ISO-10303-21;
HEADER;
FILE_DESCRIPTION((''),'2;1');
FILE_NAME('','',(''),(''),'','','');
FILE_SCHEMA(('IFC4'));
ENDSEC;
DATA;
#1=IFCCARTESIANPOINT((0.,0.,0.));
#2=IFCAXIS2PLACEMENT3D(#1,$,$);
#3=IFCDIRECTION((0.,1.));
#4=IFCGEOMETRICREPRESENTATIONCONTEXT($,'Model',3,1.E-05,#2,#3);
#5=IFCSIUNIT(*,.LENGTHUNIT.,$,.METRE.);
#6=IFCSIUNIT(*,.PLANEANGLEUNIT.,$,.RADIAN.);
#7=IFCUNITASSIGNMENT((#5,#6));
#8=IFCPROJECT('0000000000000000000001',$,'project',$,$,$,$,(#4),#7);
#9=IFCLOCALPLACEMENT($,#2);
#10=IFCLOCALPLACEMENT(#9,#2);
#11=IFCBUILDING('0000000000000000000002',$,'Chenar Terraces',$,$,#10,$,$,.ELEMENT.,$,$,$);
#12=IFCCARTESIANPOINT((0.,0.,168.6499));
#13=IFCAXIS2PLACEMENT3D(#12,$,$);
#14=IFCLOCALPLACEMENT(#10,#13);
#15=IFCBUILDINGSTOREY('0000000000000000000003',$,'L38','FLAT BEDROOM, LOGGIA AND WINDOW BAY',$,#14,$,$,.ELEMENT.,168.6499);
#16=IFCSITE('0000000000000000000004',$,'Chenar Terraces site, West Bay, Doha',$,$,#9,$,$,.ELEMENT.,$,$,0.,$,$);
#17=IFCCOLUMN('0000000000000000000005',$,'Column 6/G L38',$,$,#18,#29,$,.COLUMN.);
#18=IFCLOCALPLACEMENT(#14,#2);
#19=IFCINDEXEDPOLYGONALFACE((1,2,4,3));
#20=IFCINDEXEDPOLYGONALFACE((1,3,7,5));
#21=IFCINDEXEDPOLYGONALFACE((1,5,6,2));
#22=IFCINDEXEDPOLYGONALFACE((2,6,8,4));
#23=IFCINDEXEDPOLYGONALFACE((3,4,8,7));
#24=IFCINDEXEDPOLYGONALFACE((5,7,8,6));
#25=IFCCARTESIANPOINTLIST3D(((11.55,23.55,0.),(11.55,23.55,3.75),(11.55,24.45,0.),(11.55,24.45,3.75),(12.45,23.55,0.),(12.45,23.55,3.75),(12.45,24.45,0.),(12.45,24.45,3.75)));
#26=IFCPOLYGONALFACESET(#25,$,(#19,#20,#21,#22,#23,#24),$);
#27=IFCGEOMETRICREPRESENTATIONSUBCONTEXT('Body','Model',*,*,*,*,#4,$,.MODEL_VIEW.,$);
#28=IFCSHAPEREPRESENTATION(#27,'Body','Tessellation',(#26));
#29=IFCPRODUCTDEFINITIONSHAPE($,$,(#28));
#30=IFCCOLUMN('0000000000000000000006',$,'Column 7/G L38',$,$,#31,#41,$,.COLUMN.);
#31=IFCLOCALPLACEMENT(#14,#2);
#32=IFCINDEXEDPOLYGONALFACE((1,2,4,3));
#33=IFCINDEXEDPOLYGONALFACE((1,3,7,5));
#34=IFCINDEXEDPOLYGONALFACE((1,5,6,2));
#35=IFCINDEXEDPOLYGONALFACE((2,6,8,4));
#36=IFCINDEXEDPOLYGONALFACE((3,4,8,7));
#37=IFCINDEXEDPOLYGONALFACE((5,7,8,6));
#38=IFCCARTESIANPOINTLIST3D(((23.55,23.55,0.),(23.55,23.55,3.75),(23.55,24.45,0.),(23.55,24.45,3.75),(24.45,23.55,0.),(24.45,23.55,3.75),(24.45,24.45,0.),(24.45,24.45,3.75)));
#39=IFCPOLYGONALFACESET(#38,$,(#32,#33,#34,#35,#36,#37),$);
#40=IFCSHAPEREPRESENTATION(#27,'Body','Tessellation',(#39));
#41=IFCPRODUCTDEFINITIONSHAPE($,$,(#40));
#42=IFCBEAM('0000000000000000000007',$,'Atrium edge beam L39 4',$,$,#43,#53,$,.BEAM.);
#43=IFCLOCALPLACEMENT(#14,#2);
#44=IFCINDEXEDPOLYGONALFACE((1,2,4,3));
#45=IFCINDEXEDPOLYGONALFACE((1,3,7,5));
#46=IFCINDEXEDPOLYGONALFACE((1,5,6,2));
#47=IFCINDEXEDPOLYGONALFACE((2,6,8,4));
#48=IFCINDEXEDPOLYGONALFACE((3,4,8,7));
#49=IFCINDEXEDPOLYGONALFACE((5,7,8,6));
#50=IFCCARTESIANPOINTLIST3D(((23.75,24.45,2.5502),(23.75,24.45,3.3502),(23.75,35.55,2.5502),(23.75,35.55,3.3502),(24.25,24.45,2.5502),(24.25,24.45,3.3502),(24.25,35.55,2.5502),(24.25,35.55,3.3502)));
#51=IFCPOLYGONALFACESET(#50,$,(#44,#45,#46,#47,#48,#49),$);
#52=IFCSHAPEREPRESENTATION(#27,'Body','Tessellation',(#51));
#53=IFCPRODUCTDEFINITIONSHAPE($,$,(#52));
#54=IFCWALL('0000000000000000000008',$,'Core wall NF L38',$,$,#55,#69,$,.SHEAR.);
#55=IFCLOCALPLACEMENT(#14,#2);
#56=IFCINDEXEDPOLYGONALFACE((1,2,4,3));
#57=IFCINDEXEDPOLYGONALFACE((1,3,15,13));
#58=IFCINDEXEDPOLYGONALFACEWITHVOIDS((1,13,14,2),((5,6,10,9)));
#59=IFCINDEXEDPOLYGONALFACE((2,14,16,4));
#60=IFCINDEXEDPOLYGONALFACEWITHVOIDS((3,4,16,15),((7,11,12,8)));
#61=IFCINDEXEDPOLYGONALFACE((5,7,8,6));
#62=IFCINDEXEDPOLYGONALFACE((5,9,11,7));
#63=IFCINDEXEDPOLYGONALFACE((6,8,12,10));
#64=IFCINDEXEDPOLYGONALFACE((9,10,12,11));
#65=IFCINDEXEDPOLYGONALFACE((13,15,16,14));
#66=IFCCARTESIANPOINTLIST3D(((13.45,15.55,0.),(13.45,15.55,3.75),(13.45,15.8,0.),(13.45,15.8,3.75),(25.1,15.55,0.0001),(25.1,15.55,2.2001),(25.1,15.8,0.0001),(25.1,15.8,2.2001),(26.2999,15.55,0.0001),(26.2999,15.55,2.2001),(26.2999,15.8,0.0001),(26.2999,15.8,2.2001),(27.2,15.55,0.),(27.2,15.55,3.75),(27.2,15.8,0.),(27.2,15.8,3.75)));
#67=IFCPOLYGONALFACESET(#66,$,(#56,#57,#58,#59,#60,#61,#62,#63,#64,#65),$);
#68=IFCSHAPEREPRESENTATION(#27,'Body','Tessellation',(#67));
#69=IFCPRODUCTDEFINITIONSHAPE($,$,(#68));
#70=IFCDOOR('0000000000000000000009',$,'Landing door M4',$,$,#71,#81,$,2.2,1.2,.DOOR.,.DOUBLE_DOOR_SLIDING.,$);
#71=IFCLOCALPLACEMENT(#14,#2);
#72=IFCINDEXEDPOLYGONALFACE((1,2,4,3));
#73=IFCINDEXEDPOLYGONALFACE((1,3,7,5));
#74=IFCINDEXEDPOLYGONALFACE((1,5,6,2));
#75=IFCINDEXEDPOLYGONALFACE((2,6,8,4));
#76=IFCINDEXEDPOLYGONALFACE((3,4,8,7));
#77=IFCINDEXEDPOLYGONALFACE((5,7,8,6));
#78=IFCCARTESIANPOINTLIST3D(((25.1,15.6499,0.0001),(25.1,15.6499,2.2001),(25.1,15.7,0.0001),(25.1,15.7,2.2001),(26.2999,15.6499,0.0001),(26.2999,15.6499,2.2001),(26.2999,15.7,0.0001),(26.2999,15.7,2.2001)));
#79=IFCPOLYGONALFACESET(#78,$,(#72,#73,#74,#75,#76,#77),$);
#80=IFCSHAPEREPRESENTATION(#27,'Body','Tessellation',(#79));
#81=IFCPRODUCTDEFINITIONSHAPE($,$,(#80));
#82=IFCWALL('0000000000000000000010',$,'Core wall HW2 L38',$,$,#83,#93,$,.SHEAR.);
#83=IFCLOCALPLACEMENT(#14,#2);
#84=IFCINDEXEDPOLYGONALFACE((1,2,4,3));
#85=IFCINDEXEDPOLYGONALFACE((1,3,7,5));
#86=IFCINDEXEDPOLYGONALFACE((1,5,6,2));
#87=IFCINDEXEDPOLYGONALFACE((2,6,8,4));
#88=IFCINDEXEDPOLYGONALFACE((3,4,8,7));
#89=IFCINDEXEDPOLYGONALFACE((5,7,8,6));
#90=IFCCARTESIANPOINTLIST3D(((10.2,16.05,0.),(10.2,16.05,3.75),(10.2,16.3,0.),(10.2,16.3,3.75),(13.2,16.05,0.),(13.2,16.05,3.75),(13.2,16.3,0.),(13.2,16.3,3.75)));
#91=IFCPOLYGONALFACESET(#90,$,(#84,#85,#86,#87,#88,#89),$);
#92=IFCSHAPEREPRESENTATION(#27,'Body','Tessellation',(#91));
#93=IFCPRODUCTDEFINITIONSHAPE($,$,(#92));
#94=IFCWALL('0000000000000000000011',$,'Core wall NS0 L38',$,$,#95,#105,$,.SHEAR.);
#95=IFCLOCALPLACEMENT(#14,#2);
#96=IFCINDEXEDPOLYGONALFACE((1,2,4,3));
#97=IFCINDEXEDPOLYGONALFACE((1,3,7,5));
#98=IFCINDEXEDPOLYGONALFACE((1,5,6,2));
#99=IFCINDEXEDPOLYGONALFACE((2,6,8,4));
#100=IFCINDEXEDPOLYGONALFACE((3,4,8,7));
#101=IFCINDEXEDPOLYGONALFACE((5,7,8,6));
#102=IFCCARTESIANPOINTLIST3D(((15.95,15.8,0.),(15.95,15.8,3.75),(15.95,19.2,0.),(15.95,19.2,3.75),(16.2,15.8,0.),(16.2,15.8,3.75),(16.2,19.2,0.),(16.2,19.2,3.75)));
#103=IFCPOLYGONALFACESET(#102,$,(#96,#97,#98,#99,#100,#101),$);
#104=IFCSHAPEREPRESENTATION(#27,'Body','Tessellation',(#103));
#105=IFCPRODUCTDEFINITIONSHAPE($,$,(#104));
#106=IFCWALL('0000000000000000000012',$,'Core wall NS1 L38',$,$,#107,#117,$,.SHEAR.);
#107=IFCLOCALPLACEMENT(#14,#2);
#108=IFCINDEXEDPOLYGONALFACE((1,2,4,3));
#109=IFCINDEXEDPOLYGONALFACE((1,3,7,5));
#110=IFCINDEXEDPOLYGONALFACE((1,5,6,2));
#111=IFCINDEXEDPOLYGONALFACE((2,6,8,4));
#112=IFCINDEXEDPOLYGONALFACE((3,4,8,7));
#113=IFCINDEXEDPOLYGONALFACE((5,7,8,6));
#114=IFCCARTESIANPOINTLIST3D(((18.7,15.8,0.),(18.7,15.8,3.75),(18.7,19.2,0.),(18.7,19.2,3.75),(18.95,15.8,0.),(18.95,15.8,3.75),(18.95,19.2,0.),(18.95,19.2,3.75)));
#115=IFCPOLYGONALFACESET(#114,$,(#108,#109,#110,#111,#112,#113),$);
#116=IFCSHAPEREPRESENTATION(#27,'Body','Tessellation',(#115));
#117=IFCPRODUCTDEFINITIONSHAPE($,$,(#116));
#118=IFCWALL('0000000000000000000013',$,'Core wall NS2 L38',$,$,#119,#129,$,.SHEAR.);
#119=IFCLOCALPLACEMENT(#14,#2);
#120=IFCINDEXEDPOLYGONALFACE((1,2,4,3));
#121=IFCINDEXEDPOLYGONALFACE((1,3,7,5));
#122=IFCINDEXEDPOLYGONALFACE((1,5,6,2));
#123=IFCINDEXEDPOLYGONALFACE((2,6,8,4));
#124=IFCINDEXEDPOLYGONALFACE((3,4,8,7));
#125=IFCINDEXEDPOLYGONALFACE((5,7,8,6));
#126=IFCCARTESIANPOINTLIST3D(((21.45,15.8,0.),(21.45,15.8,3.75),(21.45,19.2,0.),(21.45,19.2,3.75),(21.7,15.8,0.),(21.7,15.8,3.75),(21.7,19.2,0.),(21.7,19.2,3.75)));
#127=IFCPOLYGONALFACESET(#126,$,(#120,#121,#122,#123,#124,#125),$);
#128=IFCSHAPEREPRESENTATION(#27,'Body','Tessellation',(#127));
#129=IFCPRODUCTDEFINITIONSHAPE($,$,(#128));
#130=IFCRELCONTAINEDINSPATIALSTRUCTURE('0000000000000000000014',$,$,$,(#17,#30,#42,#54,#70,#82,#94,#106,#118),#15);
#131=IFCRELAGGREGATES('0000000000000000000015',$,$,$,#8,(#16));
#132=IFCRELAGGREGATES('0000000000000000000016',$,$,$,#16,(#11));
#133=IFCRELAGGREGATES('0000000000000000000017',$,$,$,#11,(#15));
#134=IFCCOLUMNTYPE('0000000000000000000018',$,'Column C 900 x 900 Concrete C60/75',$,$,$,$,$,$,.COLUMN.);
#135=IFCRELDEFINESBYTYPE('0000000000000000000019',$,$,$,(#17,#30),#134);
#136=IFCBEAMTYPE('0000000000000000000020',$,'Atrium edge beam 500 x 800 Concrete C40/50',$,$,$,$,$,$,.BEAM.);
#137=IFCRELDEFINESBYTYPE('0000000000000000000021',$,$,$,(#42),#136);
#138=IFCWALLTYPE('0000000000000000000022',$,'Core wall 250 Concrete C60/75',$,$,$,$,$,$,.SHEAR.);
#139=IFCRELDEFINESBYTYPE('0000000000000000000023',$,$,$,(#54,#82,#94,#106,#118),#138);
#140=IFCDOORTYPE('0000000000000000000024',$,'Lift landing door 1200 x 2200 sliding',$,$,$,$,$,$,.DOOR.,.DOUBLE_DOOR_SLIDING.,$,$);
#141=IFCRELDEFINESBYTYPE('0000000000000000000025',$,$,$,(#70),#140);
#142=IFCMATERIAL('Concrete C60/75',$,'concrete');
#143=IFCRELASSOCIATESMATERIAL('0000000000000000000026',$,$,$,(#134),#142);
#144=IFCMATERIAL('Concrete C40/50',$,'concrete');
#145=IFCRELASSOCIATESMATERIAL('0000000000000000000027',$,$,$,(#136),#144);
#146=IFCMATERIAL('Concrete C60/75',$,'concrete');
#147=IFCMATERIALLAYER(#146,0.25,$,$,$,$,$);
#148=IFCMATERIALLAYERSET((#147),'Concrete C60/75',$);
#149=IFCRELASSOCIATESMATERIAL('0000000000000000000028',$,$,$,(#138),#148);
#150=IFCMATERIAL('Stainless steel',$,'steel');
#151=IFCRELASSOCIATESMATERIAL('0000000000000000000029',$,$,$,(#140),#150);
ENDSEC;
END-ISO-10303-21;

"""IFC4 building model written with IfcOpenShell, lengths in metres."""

from ifc_helpers import new_model, si_unit, direction, frame, frame_2d, origin, origin_2d, place, context, subcontext, project, spatial, rectangle, extrude, material, layer, layer_set, material_profile, profile_set, type_object, element, fill, save


model = new_model("IFC4")

# Units and contexts
model_context = context("Model", 3, precision=1e-05, world=origin(), true_north=direction((0.0, 1.0)))
body_context = subcontext(model_context, "Body", "Model", "MODEL_VIEW")
ifc_project = project(units=[si_unit("LENGTHUNIT", "METRE"), si_unit("PLANEANGLEUNIT", "RADIAN")], contexts=[model_context])

# Site, building, storey
site_placement = place(None, origin())
site = spatial("IfcSite", under=ifc_project, at=site_placement, Name="Chenar Terraces site, West Bay, Doha", CompositionType="ELEMENT", RefElevation=0.0)
building_placement = place(site_placement, origin())
building = spatial("IfcBuilding", under=site, at=building_placement, Name="Chenar Terraces", CompositionType="ELEMENT")
storey_placement = place(building_placement, frame((0.0, 0.0, 168.6499)))
storey = spatial("IfcBuildingStorey", under=building, at=storey_placement, Name="L38", Description="FLAT BEDROOM, LOGGIA AND WINDOW BAY", CompositionType="ELEMENT", Elevation=168.6499)

# Columns
ifc_material_1 = material(Name="Concrete C60/75", Category="concrete")
ifc_material_profile_1 = material_profile(ifc_material_1, rectangle(XDim=0.8999, YDim=0.8999, at=origin_2d()), Name="C 900 x 900")
ifc_profile_set_1 = profile_set([ifc_material_profile_1], Name="Concrete C60/75")
column_type = type_object("IfcColumnType", Name="Column C 900 x 900 Concrete C60/75", PredefinedType="COLUMN", material=ifc_profile_set_1)
for number, where, z_axis, x_axis, name in (
    (1, (12.0, 24.0, 0.0), (0.0, 0.0, 1.0), (1.0, 0.0, 0.0), "Column 6/G L38"),
    (2, (24.0, 24.0, 0.0), (0.0, 0.0, 1.0), (1.0, 0.0, 0.0), "Column 7/G L38"),
):
    element("IfcColumn", number, at=place(storey_placement, frame(where, z_axis=z_axis, x_axis=x_axis)), inside=storey, type_object=column_type, Name=name, PredefinedType="COLUMN", context=body_context, shape_type="SweptSolid", body=[
        extrude(rectangle(XDim=0.8999, YDim=0.8999, at=origin_2d()), origin(), (0.0, 0.0, 1.0), 3.75),
    ])

# Beam
ifc_material_2 = material(Name="Concrete C40/50", Category="concrete")
ifc_material_profile_2 = material_profile(ifc_material_2, rectangle(XDim=0.5, YDim=0.8, at=origin_2d()), Name="RC 500 x 800")
ifc_profile_set_2 = profile_set([ifc_material_profile_2], Name="Concrete C40/50")
beam_type = type_object("IfcBeamType", Name="Atrium edge beam 500 x 800 Concrete C40/50", PredefinedType="BEAM", material=ifc_profile_set_2)
beam_placement = place(storey_placement, frame((24.0, 35.55, 2.9502), z_axis=(0.0, -1.0, 0.0), x_axis=(1.0, 0.0, 0.0)))
element("IfcBeam", 3, at=beam_placement, inside=storey, type_object=beam_type, Name="Atrium edge beam L39 4", PredefinedType="BEAM", context=body_context, shape_type="SweptSolid", body=[
    extrude(rectangle(XDim=0.5, YDim=0.8, at=origin_2d()), origin(), (0.0, 0.0, 1.0), 11.1001),
])

# Wall, opening, door
ifc_material_3 = material(Name="Concrete C60/75", Category="concrete")
ifc_layer_1 = layer(ifc_material_3, 0.25)
ifc_layer_set_1 = layer_set([ifc_layer_1], Name="Concrete C60/75")
wall_type_1 = type_object("IfcWallType", Name="Core wall 250 Concrete C60/75", PredefinedType="SHEAR", material=ifc_layer_set_1)
wall_1_placement = place(storey_placement, frame((13.45, 15.675, 0.0), z_axis=(0.0, 0.0, 1.0), x_axis=(1.0, 0.0, 0.0)))
wall_1 = element("IfcWall", 4, at=wall_1_placement, inside=storey, type_object=wall_type_1, Name="Core wall NF L38", PredefinedType="SHEAR", context=body_context, shape_type="SweptSolid", body=[
    extrude(rectangle(XDim=13.75, YDim=0.25, at=frame_2d((6.875, 0.0))), origin(), (0.0, 0.0, 1.0), 3.75),
])
opening_1_placement = place(wall_1_placement, frame((11.6499, 0.0, 0.0)))
opening_1 = element("IfcOpeningElement", 5, at=opening_1_placement, cuts=wall_1, PredefinedType="OPENING", context=body_context, shape_type="SweptSolid", body=[
    extrude(rectangle(XDim=1.2, YDim=2.2, at=frame_2d((0.6001, 1.1001))), frame((0.0, 0.135, 0.0), z_axis=(0.0, -1.0, 0.0), x_axis=(1.0, 0.0, 0.0)), (0.0, 0.0, 1.0), 0.27),
])
ifc_material_4 = material(Name="Stainless steel", Category="steel")
door_type_1 = type_object("IfcDoorType", Name="Lift landing door 1200 x 2200 sliding", OperationType="DOUBLE_DOOR_SLIDING", PredefinedType="DOOR", material=ifc_material_4)
door_1_placement = place(opening_1_placement, origin())
door_1 = element("IfcDoor", 6, at=door_1_placement, inside=storey, type_object=door_type_1, Name="Landing door M4", OperationType="DOUBLE_DOOR_SLIDING", OverallHeight=2.2, OverallWidth=1.2, PredefinedType="DOOR", context=body_context, shape_type="SweptSolid", body=[
    extrude(rectangle(XDim=1.2, YDim=2.2, at=frame_2d((0.6001, 1.1001))), frame((0.0, 0.0249, 0.0), z_axis=(0.0, -1.0, 0.0), x_axis=(1.0, 0.0, 0.0)), (0.0, 0.0, 1.0), 0.05),
])
fill(opening_1, door_1)

# Walls
wall_2_placement = place(storey_placement, frame((10.2, 16.175, 0.0), z_axis=(0.0, 0.0, 1.0), x_axis=(1.0, 0.0, 0.0)))
element("IfcWall", 7, at=wall_2_placement, inside=storey, type_object=wall_type_1, Name="Core wall HW2 L38", PredefinedType="SHEAR", context=body_context, shape_type="SweptSolid", body=[
    extrude(rectangle(XDim=3.0, YDim=0.25, at=frame_2d((1.5, 0.0))), origin(), (0.0, 0.0, 1.0), 3.75),
])
for number, where, z_axis, x_axis, name in (
    (8, (16.075, 15.8, 0.0), (0.0, 0.0, 1.0), (0.0, 1.0, 0.0), "Core wall NS0 L38"),
    (9, (18.825, 15.8, 0.0), (0.0, 0.0, 1.0), (0.0, 1.0, 0.0), "Core wall NS1 L38"),
    (10, (21.575, 15.8, 0.0), (0.0, 0.0, 1.0), (0.0, 1.0, 0.0), "Core wall NS2 L38"),
):
    element("IfcWall", number, at=place(storey_placement, frame(where, z_axis=z_axis, x_axis=x_axis)), inside=storey, type_object=wall_type_1, Name=name, PredefinedType="SHEAR", context=body_context, shape_type="SweptSolid", body=[
        extrude(rectangle(XDim=3.3999, YDim=0.25, at=frame_2d((1.7, 0.0))), origin(), (0.0, 0.0, 1.0), 3.75),
    ])

save(model, "model.ifc")
